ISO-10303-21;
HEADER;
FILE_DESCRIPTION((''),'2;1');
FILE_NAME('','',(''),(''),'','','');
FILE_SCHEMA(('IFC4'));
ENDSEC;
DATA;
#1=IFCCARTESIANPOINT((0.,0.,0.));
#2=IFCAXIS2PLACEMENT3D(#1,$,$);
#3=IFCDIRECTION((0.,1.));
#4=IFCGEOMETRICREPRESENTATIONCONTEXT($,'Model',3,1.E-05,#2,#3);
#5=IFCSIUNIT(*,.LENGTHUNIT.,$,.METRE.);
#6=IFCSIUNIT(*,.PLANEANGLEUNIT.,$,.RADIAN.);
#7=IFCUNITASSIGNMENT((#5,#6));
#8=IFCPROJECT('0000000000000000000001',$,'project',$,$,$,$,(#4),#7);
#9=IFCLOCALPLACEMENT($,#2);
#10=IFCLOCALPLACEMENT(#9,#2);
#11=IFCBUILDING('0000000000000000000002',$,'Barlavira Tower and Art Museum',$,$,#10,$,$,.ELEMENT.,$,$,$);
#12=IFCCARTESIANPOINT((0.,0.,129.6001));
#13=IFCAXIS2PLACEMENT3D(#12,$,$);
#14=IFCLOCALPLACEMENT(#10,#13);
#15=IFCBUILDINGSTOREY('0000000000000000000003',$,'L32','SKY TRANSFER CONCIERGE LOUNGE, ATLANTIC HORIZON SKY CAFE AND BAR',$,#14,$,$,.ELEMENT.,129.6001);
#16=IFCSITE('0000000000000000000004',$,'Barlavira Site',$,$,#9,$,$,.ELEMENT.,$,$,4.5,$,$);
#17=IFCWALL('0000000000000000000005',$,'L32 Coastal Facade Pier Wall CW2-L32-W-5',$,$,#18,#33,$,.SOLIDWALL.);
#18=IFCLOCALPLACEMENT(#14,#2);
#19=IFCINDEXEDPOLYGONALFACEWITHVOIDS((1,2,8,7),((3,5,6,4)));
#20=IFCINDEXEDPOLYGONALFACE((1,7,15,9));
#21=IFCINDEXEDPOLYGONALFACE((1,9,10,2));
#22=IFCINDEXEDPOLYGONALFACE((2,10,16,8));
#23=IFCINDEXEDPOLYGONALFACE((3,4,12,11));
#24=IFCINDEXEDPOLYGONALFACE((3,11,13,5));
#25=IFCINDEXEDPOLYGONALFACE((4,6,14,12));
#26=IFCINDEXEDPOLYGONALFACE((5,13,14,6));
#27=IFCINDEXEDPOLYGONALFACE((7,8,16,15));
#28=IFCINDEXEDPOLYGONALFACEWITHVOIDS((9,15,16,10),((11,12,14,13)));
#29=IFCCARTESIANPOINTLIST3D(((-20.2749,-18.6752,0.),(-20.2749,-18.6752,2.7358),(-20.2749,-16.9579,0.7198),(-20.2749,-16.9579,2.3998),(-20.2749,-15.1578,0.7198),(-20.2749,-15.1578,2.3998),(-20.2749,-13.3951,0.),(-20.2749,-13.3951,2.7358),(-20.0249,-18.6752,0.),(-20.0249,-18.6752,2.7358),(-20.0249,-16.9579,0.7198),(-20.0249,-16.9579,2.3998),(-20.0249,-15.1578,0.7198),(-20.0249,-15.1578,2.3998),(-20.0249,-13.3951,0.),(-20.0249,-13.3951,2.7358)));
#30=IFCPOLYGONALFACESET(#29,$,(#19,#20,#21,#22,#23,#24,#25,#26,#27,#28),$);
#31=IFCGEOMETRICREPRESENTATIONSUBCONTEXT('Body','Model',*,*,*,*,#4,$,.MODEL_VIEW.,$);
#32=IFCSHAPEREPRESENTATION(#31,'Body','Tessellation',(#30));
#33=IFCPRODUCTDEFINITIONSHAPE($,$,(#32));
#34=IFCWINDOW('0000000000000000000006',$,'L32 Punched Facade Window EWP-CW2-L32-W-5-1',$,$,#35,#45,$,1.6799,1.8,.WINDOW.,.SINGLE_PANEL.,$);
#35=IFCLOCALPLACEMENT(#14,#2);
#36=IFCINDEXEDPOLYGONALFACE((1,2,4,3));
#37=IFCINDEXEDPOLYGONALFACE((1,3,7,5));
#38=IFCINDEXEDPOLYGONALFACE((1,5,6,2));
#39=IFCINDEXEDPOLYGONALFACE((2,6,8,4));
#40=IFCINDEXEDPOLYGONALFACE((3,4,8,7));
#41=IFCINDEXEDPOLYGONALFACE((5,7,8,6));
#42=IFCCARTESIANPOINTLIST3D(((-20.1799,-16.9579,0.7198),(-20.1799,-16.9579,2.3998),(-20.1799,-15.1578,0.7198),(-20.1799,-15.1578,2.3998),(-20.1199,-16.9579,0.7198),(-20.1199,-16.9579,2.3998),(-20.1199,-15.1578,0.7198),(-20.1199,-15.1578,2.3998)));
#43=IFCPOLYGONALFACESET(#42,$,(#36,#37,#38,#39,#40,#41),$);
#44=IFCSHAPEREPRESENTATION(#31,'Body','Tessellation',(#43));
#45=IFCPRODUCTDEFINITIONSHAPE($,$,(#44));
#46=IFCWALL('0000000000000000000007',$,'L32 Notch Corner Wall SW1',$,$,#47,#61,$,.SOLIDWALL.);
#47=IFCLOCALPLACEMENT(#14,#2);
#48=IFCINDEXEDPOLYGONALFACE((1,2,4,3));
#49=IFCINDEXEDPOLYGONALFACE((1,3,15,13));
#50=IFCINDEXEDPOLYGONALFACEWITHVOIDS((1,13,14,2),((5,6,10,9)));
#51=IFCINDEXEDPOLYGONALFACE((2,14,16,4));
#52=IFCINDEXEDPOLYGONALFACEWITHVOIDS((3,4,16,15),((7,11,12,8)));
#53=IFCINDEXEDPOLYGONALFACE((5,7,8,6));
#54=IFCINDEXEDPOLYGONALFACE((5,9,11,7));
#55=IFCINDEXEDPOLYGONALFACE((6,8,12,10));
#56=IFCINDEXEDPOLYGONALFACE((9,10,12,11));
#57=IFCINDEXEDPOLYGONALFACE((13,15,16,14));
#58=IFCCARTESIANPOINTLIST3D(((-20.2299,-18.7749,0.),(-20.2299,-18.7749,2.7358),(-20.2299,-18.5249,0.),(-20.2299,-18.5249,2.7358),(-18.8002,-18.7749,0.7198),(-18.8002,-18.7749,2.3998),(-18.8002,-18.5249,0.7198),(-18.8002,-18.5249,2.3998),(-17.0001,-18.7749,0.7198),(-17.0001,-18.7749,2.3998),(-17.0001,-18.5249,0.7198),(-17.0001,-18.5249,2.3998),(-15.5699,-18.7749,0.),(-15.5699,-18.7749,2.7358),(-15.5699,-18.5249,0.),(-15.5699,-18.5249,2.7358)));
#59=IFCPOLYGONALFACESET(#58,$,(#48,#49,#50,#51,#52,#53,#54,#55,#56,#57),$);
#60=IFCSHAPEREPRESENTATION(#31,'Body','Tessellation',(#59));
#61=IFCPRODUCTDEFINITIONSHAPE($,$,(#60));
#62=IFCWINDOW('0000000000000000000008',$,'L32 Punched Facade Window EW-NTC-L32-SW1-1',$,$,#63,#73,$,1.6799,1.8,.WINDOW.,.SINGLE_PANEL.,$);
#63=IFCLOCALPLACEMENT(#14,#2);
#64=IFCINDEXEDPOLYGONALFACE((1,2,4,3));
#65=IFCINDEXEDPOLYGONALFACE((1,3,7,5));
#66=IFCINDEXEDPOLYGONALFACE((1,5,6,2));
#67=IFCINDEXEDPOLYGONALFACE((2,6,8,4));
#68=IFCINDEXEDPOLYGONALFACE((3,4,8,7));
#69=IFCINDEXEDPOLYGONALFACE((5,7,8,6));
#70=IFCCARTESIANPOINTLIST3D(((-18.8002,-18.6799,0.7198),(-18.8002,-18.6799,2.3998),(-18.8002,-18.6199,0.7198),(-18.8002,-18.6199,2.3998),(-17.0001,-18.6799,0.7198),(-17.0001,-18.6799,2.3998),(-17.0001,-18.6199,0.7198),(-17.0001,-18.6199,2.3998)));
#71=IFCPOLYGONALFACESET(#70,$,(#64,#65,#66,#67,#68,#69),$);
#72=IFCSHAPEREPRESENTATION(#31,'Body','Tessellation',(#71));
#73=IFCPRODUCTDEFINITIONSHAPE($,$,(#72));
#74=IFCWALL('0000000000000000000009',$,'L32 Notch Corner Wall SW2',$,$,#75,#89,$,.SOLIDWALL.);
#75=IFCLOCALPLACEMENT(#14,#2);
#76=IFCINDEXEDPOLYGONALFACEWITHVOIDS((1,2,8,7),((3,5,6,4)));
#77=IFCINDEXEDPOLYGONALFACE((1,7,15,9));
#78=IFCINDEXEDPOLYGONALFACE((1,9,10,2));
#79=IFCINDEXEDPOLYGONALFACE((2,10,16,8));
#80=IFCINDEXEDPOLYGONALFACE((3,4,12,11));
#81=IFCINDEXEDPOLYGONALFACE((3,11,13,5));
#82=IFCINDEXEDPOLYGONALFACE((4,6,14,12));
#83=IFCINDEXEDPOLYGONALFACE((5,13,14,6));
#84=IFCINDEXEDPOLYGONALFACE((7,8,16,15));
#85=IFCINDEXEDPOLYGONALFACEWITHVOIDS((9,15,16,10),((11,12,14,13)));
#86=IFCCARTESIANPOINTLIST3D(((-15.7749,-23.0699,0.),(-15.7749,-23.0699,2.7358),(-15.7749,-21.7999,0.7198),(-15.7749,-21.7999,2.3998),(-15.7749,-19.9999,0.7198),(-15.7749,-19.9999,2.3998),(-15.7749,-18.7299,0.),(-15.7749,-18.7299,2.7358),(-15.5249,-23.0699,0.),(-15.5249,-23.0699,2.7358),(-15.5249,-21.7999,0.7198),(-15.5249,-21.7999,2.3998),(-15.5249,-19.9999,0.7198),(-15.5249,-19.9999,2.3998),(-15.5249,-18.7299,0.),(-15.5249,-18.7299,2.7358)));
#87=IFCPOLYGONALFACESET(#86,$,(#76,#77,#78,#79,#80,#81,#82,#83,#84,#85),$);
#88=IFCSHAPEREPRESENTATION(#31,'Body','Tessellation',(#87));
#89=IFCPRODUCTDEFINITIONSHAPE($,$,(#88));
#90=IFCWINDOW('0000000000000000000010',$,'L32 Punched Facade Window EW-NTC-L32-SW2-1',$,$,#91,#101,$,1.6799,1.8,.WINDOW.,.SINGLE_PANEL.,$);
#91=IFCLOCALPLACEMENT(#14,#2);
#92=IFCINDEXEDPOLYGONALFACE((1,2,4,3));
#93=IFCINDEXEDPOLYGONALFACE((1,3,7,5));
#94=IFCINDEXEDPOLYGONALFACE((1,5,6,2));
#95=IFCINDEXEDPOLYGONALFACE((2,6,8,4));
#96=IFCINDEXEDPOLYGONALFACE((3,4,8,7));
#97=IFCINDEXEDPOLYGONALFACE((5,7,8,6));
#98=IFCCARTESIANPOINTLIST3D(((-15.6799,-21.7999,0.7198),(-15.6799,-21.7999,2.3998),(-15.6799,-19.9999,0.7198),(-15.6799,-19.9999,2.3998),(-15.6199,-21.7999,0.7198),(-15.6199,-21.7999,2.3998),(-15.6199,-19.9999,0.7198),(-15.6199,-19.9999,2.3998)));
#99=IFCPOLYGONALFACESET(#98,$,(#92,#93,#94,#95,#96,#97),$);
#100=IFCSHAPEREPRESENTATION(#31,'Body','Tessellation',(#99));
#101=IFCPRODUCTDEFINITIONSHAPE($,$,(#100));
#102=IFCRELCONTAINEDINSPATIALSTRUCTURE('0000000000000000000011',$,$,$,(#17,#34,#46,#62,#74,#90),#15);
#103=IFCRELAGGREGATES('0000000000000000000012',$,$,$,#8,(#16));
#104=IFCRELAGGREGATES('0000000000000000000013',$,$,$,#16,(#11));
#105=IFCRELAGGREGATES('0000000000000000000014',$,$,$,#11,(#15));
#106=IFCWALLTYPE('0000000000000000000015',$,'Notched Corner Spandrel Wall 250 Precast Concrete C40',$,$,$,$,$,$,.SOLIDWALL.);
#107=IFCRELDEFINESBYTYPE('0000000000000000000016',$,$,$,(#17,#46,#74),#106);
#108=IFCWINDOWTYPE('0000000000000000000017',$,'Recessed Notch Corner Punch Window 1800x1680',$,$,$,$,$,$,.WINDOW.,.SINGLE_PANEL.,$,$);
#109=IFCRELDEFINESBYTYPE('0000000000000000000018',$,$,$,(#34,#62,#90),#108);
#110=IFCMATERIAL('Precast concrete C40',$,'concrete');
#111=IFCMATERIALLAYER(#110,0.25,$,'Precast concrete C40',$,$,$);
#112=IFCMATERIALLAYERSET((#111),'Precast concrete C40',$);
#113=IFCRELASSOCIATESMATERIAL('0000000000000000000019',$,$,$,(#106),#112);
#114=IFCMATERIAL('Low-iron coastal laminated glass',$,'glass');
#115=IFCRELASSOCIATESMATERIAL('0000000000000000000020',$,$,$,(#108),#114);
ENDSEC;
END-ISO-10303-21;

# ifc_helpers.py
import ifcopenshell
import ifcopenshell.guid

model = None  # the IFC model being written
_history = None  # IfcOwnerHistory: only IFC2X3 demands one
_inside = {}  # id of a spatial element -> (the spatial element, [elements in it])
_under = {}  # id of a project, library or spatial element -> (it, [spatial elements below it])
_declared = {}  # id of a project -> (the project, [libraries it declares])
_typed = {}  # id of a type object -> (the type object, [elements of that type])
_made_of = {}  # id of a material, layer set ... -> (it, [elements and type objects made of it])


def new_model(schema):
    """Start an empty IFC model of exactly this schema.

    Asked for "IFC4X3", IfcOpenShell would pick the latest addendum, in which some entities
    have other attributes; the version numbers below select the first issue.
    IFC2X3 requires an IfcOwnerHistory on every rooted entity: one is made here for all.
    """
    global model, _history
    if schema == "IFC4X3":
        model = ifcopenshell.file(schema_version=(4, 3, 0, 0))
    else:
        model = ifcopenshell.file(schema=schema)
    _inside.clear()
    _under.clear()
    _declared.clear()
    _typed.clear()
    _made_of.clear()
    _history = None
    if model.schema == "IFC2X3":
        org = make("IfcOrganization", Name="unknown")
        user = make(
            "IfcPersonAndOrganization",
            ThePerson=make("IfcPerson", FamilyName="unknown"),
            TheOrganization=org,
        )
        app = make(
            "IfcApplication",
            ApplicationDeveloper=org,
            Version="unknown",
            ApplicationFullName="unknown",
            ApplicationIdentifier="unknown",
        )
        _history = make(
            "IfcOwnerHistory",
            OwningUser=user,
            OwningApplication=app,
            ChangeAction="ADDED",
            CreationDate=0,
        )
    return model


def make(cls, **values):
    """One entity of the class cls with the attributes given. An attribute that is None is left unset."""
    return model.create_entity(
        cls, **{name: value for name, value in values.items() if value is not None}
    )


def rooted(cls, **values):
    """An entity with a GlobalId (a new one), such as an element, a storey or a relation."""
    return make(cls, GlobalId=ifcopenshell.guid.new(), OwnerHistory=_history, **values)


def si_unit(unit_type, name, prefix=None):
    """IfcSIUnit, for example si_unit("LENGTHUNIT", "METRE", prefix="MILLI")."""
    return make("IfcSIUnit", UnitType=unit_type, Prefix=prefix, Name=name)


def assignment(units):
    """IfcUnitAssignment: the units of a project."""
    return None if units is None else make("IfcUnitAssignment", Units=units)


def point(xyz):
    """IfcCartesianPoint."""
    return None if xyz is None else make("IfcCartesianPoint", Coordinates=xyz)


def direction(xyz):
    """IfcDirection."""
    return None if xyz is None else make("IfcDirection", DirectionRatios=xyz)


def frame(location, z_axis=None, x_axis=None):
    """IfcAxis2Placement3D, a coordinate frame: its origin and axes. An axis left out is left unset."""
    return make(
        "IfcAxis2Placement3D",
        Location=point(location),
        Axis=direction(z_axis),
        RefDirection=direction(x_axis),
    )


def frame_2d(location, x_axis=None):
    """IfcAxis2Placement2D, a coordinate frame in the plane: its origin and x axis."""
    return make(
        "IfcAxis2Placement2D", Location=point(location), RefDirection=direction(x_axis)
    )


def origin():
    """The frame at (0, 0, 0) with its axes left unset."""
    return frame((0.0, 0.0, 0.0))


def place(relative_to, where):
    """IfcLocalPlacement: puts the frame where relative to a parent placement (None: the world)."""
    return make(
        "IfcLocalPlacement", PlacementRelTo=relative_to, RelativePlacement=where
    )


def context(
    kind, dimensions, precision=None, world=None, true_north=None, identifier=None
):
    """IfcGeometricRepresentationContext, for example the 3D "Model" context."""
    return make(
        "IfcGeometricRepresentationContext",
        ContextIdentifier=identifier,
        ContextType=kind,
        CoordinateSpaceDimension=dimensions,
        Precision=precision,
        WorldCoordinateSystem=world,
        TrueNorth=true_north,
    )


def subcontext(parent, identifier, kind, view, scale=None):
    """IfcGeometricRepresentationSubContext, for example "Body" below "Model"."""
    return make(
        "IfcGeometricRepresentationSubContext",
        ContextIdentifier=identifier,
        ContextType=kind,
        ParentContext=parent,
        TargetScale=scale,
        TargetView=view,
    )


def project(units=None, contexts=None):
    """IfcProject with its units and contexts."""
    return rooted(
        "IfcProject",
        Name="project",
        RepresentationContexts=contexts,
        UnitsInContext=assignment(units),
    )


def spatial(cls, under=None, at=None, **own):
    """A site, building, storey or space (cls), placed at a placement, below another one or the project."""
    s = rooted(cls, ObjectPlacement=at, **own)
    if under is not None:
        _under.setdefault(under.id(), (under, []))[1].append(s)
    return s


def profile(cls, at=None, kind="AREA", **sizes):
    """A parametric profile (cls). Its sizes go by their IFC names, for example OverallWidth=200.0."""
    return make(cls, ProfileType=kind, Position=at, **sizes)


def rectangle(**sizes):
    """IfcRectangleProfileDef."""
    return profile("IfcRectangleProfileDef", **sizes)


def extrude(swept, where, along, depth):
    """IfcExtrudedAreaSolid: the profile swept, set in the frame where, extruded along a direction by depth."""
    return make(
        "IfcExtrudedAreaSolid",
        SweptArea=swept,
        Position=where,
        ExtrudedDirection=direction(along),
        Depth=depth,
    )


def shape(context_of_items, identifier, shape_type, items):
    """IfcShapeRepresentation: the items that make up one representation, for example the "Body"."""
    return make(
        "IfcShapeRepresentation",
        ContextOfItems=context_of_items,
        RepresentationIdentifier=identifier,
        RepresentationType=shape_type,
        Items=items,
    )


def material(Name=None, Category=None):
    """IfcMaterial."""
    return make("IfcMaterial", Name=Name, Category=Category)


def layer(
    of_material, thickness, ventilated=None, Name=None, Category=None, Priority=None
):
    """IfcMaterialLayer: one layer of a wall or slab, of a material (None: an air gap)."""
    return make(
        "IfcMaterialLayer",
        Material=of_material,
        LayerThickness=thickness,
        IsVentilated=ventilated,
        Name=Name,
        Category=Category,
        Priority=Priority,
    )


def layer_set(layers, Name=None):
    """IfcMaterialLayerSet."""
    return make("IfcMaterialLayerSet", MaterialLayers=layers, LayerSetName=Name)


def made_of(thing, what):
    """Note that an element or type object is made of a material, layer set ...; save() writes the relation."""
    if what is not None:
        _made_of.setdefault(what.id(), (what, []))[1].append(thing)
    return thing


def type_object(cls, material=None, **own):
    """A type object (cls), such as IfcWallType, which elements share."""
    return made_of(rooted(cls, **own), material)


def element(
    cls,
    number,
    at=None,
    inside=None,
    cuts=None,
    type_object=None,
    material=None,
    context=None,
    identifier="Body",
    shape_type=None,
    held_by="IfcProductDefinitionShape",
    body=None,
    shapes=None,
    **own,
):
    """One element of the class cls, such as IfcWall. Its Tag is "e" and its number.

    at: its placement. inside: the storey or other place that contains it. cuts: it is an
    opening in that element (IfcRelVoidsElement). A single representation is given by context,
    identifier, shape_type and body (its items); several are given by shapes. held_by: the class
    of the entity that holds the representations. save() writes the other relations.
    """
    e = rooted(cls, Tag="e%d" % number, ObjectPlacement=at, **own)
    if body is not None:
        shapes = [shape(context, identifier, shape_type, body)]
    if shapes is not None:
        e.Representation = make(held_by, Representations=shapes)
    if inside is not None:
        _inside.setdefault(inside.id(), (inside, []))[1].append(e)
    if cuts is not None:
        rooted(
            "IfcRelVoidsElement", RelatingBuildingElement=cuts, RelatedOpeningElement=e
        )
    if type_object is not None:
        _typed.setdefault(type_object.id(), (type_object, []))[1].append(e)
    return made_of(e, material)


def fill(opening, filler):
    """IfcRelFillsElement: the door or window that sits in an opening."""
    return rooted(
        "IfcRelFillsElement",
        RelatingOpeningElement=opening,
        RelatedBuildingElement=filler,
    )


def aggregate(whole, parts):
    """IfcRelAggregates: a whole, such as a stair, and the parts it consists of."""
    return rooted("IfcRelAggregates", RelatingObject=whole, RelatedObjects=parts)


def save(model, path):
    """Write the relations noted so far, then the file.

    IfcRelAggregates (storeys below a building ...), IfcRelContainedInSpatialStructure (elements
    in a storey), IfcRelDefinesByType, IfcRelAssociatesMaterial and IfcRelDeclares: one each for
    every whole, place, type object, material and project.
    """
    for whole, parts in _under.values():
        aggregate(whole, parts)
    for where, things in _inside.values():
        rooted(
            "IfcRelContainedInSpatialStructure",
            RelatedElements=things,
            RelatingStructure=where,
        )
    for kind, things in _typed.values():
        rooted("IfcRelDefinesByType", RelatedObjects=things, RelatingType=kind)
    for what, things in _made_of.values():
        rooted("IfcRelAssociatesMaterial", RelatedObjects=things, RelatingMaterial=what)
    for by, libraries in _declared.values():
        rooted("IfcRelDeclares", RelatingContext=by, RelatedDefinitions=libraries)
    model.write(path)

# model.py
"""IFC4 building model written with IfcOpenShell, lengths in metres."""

from ifc_helpers import new_model, si_unit, direction, frame, frame_2d, origin, place, context, subcontext, project, spatial, rectangle, extrude, material, layer, layer_set, type_object, element, fill, save


model = new_model("IFC4")

# Units and contexts
model_context = context("Model", 3, precision=1e-05, world=origin(), true_north=direction((0.0, 1.0)))
body_context = subcontext(model_context, "Body", "Model", "MODEL_VIEW")
ifc_project = project(units=[si_unit("LENGTHUNIT", "METRE"), si_unit("PLANEANGLEUNIT", "RADIAN")], contexts=[model_context])

# Site, building, storey
site_placement = place(None, origin())
site = spatial("IfcSite", under=ifc_project, at=site_placement, Name="Barlavira Site", CompositionType="ELEMENT", RefElevation=4.5)
building_placement = place(site_placement, origin())
building = spatial("IfcBuilding", under=site, at=building_placement, Name="Barlavira Tower and Art Museum", CompositionType="ELEMENT")
storey_placement = place(building_placement, frame((0.0, 0.0, 129.6001)))
storey = spatial("IfcBuildingStorey", under=building, at=storey_placement, Name="L32", Description="SKY TRANSFER CONCIERGE LOUNGE, ATLANTIC HORIZON SKY CAFE AND BAR", CompositionType="ELEMENT", Elevation=129.6001)

# Walls, openings, windows
ifc_material_1 = material(Name="Precast concrete C40", Category="concrete")
ifc_layer_1 = layer(ifc_material_1, 0.25, Name="Precast concrete C40")
ifc_layer_set_1 = layer_set([ifc_layer_1], Name="Precast concrete C40")
wall_type_1 = type_object("IfcWallType", Name="Notched Corner Spandrel Wall 250 Precast Concrete C40", PredefinedType="SOLIDWALL", material=ifc_layer_set_1)
ifc_material_2 = material(Name="Low-iron coastal laminated glass", Category="glass")
window_type = type_object("IfcWindowType", Name="Recessed Notch Corner Punch Window 1800x1680", PartitioningType="SINGLE_PANEL", PredefinedType="WINDOW", material=ifc_material_2)
wall_1_placement = place(storey_placement, frame((-20.1499, -13.395, 0.0), z_axis=(0.0, 0.0, 1.0), x_axis=(0.0, -1.0, 0.0)))
wall_1 = element("IfcWall", 1, at=wall_1_placement, inside=storey, type_object=wall_type_1, Name="L32 Coastal Facade Pier Wall CW2-L32-W-5", PredefinedType="SOLIDWALL", context=body_context, shape_type="SweptSolid", body=[
    extrude(rectangle(XDim=5.28, YDim=0.25, at=frame_2d((2.6401, 0.0))), origin(), (0.0, 0.0, 1.0), 2.7358),
])
opening_1_placement = place(wall_1_placement, frame((1.7629, 0.0, 0.72)))
opening_1 = element("IfcOpeningElement", 2, at=opening_1_placement, cuts=wall_1, PredefinedType="OPENING", context=body_context, shape_type="SweptSolid", body=[
    extrude(rectangle(XDim=1.8, YDim=1.6799, at=frame_2d((0.8999, 0.8398))), frame((0.0, 0.135, 0.0), z_axis=(0.0, -1.0, 0.0), x_axis=(1.0, 0.0, 0.0)), (0.0, 0.0, 1.0), 0.27),
])
window_1_placement = place(opening_1_placement, origin())
window_1 = element("IfcWindow", 3, at=window_1_placement, inside=storey, type_object=window_type, Name="L32 Punched Facade Window EWP-CW2-L32-W-5-1", OverallHeight=1.6799, OverallWidth=1.8, PartitioningType="SINGLE_PANEL", PredefinedType="WINDOW", context=body_context, shape_type="SweptSolid", body=[
    extrude(rectangle(XDim=1.8, YDim=1.6799, at=frame_2d((0.8999, 0.8398))), frame((0.0, 0.03, 0.0), z_axis=(0.0, -1.0, 0.0), x_axis=(1.0, 0.0, 0.0)), (0.0, 0.0, 1.0), 0.0601),
])
fill(opening_1, window_1)
wall_2_placement = place(storey_placement, frame((-20.23, -18.6499, 0.0), z_axis=(0.0, 0.0, 1.0), x_axis=(1.0, 0.0, 0.0)))
wall_2 = element("IfcWall", 4, at=wall_2_placement, inside=storey, type_object=wall_type_1, Name="L32 Notch Corner Wall SW1", PredefinedType="SOLIDWALL", context=body_context, shape_type="SweptSolid", body=[
    extrude(rectangle(XDim=4.6599, YDim=0.25, at=frame_2d((2.3301, 0.0))), origin(), (0.0, 0.0, 1.0), 2.7358),
])
opening_2_placement = place(wall_2_placement, frame((1.4299, 0.0, 0.72)))
opening_2 = element("IfcOpeningElement", 5, at=opening_2_placement, cuts=wall_2, PredefinedType="OPENING", context=body_context, shape_type="SweptSolid", body=[
    extrude(rectangle(XDim=1.8, YDim=1.6799, at=frame_2d((0.8999, 0.8398))), frame((0.0, 0.135, 0.0), z_axis=(0.0, -1.0, 0.0), x_axis=(1.0, 0.0, 0.0)), (0.0, 0.0, 1.0), 0.27),
])
window_2_placement = place(opening_2_placement, origin())
window_2 = element("IfcWindow", 6, at=window_2_placement, inside=storey, type_object=window_type, Name="L32 Punched Facade Window EW-NTC-L32-SW1-1", OverallHeight=1.6799, OverallWidth=1.8, PartitioningType="SINGLE_PANEL", PredefinedType="WINDOW", context=body_context, shape_type="SweptSolid", body=[
    extrude(rectangle(XDim=1.8, YDim=1.6799, at=frame_2d((0.8999, 0.8398))), frame((0.0, 0.03, 0.0), z_axis=(0.0, -1.0, 0.0), x_axis=(1.0, 0.0, 0.0)), (0.0, 0.0, 1.0), 0.0601),
])
fill(opening_2, window_2)
wall_3_placement = place(storey_placement, frame((-15.6499, -18.73, 0.0), z_axis=(0.0, 0.0, 1.0), x_axis=(0.0, -1.0, 0.0)))
wall_3 = element("IfcWall", 7, at=wall_3_placement, inside=storey, type_object=wall_type_1, Name="L32 Notch Corner Wall SW2", PredefinedType="SOLIDWALL", context=body_context, shape_type="SweptSolid", body=[
    extrude(rectangle(XDim=4.3401, YDim=0.25, at=frame_2d((2.1699, 0.0))), origin(), (0.0, 0.0, 1.0), 2.7358),
])
opening_3_placement = place(wall_3_placement, frame((1.27, 0.0, 0.72)))
opening_3 = element("IfcOpeningElement", 8, at=opening_3_placement, cuts=wall_3, PredefinedType="OPENING", context=body_context, shape_type="SweptSolid", body=[
    extrude(rectangle(XDim=1.8, YDim=1.6799, at=frame_2d((0.8999, 0.8398))), frame((0.0, 0.135, 0.0), z_axis=(0.0, -1.0, 0.0), x_axis=(1.0, 0.0, 0.0)), (0.0, 0.0, 1.0), 0.27),
])
window_3_placement = place(opening_3_placement, origin())
window_3 = element("IfcWindow", 9, at=window_3_placement, inside=storey, type_object=window_type, Name="L32 Punched Facade Window EW-NTC-L32-SW2-1", OverallHeight=1.6799, OverallWidth=1.8, PartitioningType="SINGLE_PANEL", PredefinedType="WINDOW", context=body_context, shape_type="SweptSolid", body=[
    extrude(rectangle(XDim=1.8, YDim=1.6799, at=frame_2d((0.8999, 0.8398))), frame((0.0, 0.03, 0.0), z_axis=(0.0, -1.0, 0.0), x_axis=(1.0, 0.0, 0.0)), (0.0, 0.0, 1.0), 0.0601),
])
fill(opening_3, window_3)

save(model, "model.ifc")
